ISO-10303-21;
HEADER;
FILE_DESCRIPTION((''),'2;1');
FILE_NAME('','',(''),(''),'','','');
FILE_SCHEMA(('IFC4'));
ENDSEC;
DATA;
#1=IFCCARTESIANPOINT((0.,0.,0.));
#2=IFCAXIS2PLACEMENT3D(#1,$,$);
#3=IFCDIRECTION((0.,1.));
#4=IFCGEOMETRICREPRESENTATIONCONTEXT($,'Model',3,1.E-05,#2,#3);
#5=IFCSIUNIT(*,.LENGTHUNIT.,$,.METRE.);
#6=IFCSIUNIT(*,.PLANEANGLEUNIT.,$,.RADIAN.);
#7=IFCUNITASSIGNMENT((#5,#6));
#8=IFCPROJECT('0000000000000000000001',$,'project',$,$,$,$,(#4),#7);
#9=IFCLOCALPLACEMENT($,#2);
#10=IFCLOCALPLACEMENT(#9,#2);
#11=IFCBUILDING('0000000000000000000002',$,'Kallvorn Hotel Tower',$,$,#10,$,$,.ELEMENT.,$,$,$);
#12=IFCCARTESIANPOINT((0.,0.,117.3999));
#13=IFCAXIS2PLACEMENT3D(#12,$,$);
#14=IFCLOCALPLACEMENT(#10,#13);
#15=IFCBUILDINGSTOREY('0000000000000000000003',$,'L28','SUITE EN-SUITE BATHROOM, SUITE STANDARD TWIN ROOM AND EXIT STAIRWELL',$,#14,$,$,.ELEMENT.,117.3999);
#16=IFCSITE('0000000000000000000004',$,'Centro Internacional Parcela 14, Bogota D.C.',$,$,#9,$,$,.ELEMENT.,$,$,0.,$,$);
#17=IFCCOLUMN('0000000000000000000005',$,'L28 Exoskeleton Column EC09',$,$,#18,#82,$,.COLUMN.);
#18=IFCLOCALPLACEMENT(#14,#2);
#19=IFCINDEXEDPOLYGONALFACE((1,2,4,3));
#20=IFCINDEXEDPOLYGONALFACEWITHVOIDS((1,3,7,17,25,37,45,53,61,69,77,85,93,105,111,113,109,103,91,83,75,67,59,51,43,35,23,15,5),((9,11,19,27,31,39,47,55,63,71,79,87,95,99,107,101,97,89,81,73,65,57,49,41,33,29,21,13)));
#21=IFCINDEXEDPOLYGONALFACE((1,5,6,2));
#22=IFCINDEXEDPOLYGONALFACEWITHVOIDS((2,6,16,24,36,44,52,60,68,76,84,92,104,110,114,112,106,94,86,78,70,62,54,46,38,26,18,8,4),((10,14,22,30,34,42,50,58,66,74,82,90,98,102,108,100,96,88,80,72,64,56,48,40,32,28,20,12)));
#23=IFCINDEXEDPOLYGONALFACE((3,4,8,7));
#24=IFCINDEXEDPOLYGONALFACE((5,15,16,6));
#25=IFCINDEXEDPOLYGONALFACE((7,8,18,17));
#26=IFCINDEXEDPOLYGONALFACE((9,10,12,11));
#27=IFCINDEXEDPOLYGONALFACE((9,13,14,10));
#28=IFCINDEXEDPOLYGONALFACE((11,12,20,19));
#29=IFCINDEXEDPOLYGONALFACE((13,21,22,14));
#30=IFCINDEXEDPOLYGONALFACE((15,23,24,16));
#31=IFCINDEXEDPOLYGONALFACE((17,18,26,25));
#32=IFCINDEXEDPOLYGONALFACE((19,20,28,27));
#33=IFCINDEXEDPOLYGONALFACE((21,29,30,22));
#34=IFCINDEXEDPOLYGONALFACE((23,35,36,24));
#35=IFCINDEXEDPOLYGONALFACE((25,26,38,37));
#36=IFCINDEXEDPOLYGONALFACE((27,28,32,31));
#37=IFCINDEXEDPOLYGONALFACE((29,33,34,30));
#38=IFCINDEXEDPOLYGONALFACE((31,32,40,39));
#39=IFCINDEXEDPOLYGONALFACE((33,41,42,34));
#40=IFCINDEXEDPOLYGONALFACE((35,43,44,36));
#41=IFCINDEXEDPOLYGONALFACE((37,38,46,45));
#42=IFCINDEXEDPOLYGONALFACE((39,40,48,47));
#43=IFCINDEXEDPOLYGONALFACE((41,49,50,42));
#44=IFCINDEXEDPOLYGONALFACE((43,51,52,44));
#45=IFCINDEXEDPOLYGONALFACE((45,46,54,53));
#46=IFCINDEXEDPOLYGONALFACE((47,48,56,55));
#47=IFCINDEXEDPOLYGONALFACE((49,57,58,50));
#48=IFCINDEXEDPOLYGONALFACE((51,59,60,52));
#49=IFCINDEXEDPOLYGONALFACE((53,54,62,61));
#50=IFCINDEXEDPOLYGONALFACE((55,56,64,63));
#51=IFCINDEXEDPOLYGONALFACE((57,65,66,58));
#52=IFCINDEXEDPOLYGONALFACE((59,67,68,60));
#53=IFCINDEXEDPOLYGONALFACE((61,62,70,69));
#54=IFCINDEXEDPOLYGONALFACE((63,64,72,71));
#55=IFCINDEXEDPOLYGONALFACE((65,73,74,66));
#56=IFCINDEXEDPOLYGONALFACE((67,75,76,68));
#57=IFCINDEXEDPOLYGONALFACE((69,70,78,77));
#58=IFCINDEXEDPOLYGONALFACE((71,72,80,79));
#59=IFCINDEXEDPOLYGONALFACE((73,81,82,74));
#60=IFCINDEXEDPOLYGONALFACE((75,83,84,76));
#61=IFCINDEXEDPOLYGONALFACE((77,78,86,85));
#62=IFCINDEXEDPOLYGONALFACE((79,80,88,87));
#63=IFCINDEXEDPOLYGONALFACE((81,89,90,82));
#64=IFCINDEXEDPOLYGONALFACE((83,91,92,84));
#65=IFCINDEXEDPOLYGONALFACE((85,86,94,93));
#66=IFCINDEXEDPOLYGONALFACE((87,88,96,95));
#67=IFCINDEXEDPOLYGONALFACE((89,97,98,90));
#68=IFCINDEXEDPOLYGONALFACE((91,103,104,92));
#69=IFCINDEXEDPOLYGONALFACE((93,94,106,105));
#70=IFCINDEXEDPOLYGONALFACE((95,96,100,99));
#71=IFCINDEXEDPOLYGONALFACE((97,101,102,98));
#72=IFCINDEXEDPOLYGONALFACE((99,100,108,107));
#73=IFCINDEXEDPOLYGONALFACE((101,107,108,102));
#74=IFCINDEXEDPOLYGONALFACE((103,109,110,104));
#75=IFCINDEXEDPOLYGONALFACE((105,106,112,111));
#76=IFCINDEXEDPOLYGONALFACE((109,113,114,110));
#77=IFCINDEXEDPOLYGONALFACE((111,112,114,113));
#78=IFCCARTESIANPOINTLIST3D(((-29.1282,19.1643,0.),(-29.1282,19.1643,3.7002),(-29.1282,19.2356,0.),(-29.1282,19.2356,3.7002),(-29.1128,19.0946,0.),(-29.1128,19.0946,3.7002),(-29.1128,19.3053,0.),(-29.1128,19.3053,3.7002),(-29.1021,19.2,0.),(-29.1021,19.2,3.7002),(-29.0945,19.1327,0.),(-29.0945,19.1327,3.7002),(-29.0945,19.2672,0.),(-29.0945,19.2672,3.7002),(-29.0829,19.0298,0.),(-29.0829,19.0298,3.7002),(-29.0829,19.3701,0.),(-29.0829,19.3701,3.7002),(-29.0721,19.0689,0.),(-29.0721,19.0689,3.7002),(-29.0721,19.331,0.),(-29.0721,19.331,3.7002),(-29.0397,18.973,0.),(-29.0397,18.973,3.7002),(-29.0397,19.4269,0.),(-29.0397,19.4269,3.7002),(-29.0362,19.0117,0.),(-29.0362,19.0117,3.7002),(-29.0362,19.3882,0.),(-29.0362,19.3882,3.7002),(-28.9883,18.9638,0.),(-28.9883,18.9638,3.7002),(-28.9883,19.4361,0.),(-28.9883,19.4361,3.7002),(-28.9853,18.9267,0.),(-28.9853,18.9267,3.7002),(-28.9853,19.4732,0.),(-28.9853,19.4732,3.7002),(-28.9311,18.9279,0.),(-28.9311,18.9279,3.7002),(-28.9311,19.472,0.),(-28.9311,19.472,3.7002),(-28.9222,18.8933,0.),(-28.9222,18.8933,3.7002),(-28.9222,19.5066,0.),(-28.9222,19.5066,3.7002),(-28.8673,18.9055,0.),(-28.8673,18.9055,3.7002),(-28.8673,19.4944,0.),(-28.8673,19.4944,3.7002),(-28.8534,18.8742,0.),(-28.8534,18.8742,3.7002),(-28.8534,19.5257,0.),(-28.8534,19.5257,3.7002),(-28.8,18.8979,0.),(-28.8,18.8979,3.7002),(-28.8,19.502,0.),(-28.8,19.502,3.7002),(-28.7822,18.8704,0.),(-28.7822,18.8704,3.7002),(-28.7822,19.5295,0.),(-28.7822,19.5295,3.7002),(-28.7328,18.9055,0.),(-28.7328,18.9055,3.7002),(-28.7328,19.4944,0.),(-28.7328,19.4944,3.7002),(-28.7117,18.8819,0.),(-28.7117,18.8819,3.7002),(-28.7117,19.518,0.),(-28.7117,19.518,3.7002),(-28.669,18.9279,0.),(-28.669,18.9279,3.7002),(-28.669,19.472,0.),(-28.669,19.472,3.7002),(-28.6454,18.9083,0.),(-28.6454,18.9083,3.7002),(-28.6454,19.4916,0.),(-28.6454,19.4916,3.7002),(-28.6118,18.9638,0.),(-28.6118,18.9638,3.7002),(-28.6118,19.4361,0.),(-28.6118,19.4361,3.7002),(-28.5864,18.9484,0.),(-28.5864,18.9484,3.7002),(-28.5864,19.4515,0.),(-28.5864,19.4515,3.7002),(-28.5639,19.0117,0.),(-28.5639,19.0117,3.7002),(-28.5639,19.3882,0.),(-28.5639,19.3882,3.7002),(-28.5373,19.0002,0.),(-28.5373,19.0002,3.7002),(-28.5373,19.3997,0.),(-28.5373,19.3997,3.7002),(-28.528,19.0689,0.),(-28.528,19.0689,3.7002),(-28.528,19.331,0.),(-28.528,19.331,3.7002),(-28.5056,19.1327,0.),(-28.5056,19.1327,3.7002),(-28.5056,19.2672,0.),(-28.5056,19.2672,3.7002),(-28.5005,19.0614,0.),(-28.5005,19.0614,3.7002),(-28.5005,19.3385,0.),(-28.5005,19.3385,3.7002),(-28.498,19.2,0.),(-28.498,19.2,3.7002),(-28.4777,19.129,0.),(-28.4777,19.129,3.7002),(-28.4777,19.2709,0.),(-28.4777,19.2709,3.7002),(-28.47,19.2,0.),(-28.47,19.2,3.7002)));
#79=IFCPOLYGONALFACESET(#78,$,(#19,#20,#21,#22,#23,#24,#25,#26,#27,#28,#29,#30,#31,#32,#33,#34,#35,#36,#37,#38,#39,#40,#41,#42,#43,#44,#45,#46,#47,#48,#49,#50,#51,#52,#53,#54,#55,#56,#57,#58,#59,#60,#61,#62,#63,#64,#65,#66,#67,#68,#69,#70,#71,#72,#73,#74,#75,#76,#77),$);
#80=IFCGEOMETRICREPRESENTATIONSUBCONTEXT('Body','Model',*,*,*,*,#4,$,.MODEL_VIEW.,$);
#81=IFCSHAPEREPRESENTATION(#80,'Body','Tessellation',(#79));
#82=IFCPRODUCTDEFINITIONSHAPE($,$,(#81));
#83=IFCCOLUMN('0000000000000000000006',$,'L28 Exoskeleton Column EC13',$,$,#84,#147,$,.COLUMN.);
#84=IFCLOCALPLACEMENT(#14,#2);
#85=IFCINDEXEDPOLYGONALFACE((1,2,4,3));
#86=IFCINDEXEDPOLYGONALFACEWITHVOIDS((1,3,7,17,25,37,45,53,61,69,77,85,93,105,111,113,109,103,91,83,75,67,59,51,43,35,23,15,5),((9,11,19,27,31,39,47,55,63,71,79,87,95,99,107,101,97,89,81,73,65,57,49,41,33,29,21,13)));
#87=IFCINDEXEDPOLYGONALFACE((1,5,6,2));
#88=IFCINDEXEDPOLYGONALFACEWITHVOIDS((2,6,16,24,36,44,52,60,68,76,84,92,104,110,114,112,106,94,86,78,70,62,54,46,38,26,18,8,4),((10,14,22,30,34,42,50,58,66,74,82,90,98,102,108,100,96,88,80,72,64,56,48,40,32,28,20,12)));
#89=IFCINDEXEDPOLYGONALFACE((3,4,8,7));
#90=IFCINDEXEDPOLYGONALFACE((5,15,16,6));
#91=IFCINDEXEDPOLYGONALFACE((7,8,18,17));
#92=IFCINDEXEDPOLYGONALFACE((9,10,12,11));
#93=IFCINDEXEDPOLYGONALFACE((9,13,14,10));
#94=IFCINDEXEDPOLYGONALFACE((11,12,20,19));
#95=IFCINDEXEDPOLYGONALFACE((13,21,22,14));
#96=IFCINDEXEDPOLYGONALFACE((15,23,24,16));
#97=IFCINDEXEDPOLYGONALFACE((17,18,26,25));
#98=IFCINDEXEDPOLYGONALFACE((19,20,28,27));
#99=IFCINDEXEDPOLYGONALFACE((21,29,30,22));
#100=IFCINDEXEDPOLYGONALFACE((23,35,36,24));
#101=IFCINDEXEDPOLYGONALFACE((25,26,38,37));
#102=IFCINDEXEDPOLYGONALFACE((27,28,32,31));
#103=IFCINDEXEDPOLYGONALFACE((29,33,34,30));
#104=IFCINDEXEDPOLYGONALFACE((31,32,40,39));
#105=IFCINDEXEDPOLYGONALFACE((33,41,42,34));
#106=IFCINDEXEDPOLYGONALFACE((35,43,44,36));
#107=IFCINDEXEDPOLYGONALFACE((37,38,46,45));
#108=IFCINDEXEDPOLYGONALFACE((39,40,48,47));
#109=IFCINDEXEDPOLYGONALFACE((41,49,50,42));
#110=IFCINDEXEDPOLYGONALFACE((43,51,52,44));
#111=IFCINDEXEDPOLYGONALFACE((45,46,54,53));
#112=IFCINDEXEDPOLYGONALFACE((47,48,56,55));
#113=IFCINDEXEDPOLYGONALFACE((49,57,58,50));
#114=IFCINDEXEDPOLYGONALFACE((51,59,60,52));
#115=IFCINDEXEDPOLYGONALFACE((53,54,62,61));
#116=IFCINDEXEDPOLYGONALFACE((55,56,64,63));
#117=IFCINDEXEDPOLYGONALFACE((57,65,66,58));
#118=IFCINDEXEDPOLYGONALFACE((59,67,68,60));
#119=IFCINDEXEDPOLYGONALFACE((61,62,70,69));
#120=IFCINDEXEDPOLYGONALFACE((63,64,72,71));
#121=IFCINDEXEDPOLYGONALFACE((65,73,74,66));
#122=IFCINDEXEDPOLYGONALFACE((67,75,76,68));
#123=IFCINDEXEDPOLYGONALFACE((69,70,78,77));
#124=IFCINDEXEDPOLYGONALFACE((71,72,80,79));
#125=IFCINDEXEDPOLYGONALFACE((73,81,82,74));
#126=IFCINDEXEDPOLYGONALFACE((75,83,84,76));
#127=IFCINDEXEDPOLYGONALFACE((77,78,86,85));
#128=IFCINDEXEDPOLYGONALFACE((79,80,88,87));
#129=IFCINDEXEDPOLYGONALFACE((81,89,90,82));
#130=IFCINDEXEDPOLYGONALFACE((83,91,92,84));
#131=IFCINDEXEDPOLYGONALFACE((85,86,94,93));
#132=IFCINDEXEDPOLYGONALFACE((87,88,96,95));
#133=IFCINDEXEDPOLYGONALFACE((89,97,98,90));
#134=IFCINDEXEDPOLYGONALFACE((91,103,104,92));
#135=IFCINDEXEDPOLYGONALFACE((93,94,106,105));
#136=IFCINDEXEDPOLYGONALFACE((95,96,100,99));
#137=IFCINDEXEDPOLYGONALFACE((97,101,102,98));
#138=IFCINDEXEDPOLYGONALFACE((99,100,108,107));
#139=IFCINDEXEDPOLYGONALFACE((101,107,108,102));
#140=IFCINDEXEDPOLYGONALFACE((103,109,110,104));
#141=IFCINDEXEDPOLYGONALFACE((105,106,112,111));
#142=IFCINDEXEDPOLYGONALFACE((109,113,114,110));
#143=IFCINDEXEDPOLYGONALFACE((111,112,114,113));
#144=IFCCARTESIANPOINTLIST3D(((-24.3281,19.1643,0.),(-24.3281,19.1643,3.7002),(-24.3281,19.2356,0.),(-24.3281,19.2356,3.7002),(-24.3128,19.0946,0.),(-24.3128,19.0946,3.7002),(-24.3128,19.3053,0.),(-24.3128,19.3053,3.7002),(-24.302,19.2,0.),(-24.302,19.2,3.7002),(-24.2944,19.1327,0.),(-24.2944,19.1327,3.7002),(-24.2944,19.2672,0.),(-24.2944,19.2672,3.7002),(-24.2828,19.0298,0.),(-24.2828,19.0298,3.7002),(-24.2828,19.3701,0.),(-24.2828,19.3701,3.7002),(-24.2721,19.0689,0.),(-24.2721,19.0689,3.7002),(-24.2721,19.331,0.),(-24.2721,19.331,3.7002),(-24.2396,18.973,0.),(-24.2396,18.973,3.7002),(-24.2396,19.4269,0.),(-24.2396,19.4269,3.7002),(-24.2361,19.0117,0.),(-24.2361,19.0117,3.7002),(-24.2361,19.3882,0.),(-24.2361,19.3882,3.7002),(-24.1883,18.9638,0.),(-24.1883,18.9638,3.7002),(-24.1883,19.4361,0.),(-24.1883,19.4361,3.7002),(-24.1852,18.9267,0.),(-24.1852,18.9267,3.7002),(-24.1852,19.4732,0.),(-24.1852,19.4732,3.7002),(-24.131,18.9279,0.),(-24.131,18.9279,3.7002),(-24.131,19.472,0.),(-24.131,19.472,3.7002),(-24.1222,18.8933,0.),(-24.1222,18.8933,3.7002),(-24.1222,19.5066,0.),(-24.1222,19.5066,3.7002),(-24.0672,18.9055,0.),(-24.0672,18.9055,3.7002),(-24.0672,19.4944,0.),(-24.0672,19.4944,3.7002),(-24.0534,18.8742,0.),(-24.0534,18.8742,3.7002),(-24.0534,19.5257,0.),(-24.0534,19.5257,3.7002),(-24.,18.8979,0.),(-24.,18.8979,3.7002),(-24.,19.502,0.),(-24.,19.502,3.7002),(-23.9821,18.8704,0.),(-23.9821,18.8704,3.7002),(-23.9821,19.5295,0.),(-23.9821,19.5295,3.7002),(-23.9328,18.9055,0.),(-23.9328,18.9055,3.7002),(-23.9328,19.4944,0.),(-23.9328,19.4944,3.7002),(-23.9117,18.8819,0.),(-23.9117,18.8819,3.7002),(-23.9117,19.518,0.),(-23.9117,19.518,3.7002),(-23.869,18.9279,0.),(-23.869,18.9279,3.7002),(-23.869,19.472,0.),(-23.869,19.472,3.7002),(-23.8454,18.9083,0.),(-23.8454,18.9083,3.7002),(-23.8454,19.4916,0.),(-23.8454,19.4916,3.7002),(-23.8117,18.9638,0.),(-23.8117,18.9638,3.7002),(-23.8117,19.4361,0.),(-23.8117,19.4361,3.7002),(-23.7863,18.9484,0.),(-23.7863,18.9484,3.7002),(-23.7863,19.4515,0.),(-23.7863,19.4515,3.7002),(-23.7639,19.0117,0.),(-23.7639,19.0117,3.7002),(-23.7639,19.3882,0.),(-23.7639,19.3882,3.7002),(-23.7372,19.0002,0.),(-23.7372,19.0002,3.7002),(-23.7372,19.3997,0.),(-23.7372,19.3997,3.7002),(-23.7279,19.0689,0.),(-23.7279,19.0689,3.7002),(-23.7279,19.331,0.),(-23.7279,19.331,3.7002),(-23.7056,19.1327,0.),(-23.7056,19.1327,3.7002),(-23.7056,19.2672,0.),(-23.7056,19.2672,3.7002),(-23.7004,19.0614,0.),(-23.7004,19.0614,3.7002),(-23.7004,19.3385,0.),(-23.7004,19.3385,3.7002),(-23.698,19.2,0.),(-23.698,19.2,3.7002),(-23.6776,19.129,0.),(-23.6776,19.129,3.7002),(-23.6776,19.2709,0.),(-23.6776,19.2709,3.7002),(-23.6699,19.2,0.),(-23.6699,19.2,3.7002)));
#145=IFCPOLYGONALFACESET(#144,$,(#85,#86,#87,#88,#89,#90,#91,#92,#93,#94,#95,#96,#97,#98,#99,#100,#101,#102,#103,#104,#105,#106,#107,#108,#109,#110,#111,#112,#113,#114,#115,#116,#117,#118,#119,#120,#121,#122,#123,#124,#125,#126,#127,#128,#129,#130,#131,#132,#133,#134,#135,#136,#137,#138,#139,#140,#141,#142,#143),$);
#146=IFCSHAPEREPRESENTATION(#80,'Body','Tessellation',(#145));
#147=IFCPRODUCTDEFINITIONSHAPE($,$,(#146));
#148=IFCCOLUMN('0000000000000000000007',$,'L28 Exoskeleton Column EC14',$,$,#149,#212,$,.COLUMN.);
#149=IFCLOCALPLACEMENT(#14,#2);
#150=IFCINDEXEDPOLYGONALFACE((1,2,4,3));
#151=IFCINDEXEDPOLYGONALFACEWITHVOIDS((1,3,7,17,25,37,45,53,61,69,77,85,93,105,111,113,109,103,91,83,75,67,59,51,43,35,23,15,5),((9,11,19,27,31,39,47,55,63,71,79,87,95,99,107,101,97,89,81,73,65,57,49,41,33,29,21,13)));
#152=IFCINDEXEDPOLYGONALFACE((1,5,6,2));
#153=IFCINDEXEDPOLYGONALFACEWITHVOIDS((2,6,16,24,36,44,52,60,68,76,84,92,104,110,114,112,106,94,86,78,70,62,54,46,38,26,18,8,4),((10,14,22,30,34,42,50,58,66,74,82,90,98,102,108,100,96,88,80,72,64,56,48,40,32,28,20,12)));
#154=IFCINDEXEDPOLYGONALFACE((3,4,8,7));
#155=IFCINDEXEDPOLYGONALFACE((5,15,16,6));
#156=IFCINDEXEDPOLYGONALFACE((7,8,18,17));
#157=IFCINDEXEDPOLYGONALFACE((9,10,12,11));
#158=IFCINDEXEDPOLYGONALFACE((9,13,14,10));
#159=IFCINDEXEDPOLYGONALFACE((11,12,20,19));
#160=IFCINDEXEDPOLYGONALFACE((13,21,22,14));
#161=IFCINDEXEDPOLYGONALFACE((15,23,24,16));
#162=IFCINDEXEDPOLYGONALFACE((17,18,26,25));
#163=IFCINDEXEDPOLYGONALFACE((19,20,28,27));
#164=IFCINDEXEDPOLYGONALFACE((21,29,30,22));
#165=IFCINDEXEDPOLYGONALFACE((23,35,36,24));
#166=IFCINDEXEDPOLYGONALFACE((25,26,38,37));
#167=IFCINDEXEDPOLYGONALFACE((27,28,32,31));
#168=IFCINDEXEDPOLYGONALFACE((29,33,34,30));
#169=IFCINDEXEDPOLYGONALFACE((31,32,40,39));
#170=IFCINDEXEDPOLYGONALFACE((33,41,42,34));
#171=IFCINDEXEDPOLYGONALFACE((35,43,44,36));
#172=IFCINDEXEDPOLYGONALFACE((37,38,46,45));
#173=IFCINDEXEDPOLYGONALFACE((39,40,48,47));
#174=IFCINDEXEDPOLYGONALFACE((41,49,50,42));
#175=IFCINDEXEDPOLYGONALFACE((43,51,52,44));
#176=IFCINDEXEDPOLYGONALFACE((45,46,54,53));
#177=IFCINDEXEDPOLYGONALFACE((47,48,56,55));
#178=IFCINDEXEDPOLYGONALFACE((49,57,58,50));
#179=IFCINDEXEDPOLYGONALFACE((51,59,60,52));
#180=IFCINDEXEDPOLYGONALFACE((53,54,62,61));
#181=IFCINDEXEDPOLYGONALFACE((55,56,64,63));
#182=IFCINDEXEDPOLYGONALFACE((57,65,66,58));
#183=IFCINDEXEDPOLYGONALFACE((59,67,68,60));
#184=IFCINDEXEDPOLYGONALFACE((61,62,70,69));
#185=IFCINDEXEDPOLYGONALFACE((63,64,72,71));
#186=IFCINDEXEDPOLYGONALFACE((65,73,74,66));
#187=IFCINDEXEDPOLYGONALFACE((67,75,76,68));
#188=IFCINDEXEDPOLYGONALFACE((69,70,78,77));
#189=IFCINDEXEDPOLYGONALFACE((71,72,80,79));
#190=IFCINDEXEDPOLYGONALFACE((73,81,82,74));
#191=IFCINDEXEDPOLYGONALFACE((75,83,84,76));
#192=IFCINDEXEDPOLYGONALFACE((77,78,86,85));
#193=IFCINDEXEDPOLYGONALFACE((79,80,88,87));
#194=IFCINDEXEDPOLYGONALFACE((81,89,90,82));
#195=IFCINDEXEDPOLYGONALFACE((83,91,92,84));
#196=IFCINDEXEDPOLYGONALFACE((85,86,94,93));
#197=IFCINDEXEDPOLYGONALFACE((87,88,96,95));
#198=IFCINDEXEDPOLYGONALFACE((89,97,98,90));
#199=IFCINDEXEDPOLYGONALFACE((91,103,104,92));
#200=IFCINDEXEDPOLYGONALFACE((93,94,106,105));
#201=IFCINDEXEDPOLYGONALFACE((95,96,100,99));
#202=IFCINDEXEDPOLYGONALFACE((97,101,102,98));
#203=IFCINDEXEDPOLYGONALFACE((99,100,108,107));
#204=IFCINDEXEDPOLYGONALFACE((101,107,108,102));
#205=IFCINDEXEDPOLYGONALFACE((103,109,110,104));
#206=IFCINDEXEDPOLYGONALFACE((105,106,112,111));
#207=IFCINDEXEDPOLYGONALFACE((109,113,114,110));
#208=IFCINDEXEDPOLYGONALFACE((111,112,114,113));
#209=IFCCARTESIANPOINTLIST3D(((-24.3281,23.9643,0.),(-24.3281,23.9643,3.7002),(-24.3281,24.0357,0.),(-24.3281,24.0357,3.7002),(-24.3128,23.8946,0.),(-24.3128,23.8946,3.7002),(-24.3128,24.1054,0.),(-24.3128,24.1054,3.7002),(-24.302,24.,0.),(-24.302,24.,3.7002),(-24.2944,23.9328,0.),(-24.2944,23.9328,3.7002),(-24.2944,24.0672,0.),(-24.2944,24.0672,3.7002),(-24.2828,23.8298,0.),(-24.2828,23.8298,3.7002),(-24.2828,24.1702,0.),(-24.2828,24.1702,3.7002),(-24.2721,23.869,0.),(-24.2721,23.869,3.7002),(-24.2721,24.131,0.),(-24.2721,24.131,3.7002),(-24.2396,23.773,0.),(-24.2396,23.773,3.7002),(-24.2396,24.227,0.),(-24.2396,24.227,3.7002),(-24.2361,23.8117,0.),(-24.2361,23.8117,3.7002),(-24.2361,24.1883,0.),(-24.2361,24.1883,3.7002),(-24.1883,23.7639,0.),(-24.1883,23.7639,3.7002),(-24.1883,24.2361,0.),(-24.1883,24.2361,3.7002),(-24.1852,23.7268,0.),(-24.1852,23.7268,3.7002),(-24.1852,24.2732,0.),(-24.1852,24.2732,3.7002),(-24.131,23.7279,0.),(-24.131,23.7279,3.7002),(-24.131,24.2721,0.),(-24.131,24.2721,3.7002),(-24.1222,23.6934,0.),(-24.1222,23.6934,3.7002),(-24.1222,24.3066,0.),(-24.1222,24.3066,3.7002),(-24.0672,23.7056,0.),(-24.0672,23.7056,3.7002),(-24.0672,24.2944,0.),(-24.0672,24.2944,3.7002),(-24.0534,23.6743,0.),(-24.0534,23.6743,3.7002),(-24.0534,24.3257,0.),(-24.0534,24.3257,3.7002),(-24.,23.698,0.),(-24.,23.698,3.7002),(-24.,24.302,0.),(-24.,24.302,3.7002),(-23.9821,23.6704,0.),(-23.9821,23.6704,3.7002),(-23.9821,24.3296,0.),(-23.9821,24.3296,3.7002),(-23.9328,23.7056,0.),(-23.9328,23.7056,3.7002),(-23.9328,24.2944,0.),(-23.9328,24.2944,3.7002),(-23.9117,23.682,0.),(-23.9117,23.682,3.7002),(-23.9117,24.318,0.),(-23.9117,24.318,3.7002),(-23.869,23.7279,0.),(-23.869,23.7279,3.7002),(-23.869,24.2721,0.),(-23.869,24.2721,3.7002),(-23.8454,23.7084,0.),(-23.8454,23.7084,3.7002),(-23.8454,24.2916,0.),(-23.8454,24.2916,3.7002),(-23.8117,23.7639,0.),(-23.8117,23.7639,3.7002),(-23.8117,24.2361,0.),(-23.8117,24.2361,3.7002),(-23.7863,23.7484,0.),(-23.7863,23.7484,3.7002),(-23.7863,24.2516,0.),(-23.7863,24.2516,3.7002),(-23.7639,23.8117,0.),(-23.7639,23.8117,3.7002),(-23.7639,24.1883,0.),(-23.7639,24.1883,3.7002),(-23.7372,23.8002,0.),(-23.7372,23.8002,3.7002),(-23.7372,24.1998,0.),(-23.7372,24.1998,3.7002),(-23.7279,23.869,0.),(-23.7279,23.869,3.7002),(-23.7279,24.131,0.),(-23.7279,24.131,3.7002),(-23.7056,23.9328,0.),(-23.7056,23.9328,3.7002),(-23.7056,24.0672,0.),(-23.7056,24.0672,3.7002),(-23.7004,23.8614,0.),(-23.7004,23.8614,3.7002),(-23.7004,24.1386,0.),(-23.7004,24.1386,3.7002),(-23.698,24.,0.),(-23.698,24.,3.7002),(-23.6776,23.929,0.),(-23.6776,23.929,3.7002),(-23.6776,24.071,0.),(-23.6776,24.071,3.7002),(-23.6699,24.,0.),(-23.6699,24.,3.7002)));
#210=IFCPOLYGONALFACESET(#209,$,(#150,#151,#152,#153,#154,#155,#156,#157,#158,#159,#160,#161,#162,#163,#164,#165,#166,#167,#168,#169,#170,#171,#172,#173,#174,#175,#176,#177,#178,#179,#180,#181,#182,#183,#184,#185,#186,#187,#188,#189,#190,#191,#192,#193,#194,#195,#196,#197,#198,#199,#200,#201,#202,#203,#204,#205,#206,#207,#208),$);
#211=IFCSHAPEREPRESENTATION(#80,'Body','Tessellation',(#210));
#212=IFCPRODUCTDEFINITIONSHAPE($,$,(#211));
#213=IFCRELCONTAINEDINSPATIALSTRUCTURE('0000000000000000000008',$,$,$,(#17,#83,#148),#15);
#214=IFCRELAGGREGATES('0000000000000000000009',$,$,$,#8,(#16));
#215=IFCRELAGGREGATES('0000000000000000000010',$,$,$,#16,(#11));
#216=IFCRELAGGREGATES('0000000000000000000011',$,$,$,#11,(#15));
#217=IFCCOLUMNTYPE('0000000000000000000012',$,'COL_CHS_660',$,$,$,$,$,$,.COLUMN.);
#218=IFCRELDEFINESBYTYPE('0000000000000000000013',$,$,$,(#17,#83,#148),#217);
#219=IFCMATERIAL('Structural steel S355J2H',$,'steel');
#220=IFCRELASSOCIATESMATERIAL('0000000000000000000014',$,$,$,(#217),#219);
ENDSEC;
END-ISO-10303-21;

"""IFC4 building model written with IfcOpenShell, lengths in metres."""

from ifc_helpers import new_model, si_unit, direction, frame, origin, origin_2d, place, context, subcontext, project, spatial, hollow_circle, extrude, material, material_profile, profile_set, type_object, element, save


model = new_model("IFC4")

# Units and contexts
model_context = context("Model", 3, precision=1e-05, world=origin(), true_north=direction((0.0, 1.0)))
body_context = subcontext(model_context, "Body", "Model", "MODEL_VIEW")
ifc_project = project(units=[si_unit("LENGTHUNIT", "METRE"), si_unit("PLANEANGLEUNIT", "RADIAN")], contexts=[model_context])

# Site, building, storey
site_placement = place(None, origin())
site = spatial("IfcSite", under=ifc_project, at=site_placement, Name="Centro Internacional Parcela 14, Bogota D.C.", CompositionType="ELEMENT", RefElevation=0.0)
building_placement = place(site_placement, origin())
building = spatial("IfcBuilding", under=site, at=building_placement, Name="Kallvorn Hotel Tower", CompositionType="ELEMENT")
storey_placement = place(building_placement, frame((0.0, 0.0, 117.3999)))
storey = spatial("IfcBuildingStorey", under=building, at=storey_placement, Name="L28", Description="SUITE EN-SUITE BATHROOM, SUITE STANDARD TWIN ROOM AND EXIT STAIRWELL", CompositionType="ELEMENT", Elevation=117.3999)

# Columns
ifc_material_1 = material(Name="Structural steel S355J2H", Category="steel")
ifc_material_profile_1 = material_profile(ifc_material_1, hollow_circle(Radius=0.3301, WallThickness=0.0281, at=origin_2d()), Name="CHS 660x28")
ifc_profile_set_1 = profile_set([ifc_material_profile_1], Name="Structural steel S355J2H")
column_type_1 = type_object("IfcColumnType", Name="COL_CHS_660", PredefinedType="COLUMN", material=ifc_profile_set_1)
for number, where, z_axis, x_axis, name in (
    (1, (-28.8, 19.2, 0.0), (0.0, 0.0, 1.0), (1.0, 0.0, 0.0), "L28 Exoskeleton Column EC09"),
    (2, (-24.0, 19.2, 0.0), (0.0, 0.0, 1.0), (1.0, 0.0, 0.0), "L28 Exoskeleton Column EC13"),
    (3, (-24.0, 24.0, 0.0), (0.0, 0.0, 1.0), (1.0, 0.0, 0.0), "L28 Exoskeleton Column EC14"),
):
    element("IfcColumn", number, at=place(storey_placement, frame(where, z_axis=z_axis, x_axis=x_axis)), inside=storey, type_object=column_type_1, Name=name, PredefinedType="COLUMN", context=body_context, shape_type="SweptSolid", body=[
        extrude(hollow_circle(Radius=0.3301, WallThickness=0.0281, at=origin_2d()), origin(), (0.0, 0.0, 1.0), 3.7002),
    ])

save(model, "model.ifc")
